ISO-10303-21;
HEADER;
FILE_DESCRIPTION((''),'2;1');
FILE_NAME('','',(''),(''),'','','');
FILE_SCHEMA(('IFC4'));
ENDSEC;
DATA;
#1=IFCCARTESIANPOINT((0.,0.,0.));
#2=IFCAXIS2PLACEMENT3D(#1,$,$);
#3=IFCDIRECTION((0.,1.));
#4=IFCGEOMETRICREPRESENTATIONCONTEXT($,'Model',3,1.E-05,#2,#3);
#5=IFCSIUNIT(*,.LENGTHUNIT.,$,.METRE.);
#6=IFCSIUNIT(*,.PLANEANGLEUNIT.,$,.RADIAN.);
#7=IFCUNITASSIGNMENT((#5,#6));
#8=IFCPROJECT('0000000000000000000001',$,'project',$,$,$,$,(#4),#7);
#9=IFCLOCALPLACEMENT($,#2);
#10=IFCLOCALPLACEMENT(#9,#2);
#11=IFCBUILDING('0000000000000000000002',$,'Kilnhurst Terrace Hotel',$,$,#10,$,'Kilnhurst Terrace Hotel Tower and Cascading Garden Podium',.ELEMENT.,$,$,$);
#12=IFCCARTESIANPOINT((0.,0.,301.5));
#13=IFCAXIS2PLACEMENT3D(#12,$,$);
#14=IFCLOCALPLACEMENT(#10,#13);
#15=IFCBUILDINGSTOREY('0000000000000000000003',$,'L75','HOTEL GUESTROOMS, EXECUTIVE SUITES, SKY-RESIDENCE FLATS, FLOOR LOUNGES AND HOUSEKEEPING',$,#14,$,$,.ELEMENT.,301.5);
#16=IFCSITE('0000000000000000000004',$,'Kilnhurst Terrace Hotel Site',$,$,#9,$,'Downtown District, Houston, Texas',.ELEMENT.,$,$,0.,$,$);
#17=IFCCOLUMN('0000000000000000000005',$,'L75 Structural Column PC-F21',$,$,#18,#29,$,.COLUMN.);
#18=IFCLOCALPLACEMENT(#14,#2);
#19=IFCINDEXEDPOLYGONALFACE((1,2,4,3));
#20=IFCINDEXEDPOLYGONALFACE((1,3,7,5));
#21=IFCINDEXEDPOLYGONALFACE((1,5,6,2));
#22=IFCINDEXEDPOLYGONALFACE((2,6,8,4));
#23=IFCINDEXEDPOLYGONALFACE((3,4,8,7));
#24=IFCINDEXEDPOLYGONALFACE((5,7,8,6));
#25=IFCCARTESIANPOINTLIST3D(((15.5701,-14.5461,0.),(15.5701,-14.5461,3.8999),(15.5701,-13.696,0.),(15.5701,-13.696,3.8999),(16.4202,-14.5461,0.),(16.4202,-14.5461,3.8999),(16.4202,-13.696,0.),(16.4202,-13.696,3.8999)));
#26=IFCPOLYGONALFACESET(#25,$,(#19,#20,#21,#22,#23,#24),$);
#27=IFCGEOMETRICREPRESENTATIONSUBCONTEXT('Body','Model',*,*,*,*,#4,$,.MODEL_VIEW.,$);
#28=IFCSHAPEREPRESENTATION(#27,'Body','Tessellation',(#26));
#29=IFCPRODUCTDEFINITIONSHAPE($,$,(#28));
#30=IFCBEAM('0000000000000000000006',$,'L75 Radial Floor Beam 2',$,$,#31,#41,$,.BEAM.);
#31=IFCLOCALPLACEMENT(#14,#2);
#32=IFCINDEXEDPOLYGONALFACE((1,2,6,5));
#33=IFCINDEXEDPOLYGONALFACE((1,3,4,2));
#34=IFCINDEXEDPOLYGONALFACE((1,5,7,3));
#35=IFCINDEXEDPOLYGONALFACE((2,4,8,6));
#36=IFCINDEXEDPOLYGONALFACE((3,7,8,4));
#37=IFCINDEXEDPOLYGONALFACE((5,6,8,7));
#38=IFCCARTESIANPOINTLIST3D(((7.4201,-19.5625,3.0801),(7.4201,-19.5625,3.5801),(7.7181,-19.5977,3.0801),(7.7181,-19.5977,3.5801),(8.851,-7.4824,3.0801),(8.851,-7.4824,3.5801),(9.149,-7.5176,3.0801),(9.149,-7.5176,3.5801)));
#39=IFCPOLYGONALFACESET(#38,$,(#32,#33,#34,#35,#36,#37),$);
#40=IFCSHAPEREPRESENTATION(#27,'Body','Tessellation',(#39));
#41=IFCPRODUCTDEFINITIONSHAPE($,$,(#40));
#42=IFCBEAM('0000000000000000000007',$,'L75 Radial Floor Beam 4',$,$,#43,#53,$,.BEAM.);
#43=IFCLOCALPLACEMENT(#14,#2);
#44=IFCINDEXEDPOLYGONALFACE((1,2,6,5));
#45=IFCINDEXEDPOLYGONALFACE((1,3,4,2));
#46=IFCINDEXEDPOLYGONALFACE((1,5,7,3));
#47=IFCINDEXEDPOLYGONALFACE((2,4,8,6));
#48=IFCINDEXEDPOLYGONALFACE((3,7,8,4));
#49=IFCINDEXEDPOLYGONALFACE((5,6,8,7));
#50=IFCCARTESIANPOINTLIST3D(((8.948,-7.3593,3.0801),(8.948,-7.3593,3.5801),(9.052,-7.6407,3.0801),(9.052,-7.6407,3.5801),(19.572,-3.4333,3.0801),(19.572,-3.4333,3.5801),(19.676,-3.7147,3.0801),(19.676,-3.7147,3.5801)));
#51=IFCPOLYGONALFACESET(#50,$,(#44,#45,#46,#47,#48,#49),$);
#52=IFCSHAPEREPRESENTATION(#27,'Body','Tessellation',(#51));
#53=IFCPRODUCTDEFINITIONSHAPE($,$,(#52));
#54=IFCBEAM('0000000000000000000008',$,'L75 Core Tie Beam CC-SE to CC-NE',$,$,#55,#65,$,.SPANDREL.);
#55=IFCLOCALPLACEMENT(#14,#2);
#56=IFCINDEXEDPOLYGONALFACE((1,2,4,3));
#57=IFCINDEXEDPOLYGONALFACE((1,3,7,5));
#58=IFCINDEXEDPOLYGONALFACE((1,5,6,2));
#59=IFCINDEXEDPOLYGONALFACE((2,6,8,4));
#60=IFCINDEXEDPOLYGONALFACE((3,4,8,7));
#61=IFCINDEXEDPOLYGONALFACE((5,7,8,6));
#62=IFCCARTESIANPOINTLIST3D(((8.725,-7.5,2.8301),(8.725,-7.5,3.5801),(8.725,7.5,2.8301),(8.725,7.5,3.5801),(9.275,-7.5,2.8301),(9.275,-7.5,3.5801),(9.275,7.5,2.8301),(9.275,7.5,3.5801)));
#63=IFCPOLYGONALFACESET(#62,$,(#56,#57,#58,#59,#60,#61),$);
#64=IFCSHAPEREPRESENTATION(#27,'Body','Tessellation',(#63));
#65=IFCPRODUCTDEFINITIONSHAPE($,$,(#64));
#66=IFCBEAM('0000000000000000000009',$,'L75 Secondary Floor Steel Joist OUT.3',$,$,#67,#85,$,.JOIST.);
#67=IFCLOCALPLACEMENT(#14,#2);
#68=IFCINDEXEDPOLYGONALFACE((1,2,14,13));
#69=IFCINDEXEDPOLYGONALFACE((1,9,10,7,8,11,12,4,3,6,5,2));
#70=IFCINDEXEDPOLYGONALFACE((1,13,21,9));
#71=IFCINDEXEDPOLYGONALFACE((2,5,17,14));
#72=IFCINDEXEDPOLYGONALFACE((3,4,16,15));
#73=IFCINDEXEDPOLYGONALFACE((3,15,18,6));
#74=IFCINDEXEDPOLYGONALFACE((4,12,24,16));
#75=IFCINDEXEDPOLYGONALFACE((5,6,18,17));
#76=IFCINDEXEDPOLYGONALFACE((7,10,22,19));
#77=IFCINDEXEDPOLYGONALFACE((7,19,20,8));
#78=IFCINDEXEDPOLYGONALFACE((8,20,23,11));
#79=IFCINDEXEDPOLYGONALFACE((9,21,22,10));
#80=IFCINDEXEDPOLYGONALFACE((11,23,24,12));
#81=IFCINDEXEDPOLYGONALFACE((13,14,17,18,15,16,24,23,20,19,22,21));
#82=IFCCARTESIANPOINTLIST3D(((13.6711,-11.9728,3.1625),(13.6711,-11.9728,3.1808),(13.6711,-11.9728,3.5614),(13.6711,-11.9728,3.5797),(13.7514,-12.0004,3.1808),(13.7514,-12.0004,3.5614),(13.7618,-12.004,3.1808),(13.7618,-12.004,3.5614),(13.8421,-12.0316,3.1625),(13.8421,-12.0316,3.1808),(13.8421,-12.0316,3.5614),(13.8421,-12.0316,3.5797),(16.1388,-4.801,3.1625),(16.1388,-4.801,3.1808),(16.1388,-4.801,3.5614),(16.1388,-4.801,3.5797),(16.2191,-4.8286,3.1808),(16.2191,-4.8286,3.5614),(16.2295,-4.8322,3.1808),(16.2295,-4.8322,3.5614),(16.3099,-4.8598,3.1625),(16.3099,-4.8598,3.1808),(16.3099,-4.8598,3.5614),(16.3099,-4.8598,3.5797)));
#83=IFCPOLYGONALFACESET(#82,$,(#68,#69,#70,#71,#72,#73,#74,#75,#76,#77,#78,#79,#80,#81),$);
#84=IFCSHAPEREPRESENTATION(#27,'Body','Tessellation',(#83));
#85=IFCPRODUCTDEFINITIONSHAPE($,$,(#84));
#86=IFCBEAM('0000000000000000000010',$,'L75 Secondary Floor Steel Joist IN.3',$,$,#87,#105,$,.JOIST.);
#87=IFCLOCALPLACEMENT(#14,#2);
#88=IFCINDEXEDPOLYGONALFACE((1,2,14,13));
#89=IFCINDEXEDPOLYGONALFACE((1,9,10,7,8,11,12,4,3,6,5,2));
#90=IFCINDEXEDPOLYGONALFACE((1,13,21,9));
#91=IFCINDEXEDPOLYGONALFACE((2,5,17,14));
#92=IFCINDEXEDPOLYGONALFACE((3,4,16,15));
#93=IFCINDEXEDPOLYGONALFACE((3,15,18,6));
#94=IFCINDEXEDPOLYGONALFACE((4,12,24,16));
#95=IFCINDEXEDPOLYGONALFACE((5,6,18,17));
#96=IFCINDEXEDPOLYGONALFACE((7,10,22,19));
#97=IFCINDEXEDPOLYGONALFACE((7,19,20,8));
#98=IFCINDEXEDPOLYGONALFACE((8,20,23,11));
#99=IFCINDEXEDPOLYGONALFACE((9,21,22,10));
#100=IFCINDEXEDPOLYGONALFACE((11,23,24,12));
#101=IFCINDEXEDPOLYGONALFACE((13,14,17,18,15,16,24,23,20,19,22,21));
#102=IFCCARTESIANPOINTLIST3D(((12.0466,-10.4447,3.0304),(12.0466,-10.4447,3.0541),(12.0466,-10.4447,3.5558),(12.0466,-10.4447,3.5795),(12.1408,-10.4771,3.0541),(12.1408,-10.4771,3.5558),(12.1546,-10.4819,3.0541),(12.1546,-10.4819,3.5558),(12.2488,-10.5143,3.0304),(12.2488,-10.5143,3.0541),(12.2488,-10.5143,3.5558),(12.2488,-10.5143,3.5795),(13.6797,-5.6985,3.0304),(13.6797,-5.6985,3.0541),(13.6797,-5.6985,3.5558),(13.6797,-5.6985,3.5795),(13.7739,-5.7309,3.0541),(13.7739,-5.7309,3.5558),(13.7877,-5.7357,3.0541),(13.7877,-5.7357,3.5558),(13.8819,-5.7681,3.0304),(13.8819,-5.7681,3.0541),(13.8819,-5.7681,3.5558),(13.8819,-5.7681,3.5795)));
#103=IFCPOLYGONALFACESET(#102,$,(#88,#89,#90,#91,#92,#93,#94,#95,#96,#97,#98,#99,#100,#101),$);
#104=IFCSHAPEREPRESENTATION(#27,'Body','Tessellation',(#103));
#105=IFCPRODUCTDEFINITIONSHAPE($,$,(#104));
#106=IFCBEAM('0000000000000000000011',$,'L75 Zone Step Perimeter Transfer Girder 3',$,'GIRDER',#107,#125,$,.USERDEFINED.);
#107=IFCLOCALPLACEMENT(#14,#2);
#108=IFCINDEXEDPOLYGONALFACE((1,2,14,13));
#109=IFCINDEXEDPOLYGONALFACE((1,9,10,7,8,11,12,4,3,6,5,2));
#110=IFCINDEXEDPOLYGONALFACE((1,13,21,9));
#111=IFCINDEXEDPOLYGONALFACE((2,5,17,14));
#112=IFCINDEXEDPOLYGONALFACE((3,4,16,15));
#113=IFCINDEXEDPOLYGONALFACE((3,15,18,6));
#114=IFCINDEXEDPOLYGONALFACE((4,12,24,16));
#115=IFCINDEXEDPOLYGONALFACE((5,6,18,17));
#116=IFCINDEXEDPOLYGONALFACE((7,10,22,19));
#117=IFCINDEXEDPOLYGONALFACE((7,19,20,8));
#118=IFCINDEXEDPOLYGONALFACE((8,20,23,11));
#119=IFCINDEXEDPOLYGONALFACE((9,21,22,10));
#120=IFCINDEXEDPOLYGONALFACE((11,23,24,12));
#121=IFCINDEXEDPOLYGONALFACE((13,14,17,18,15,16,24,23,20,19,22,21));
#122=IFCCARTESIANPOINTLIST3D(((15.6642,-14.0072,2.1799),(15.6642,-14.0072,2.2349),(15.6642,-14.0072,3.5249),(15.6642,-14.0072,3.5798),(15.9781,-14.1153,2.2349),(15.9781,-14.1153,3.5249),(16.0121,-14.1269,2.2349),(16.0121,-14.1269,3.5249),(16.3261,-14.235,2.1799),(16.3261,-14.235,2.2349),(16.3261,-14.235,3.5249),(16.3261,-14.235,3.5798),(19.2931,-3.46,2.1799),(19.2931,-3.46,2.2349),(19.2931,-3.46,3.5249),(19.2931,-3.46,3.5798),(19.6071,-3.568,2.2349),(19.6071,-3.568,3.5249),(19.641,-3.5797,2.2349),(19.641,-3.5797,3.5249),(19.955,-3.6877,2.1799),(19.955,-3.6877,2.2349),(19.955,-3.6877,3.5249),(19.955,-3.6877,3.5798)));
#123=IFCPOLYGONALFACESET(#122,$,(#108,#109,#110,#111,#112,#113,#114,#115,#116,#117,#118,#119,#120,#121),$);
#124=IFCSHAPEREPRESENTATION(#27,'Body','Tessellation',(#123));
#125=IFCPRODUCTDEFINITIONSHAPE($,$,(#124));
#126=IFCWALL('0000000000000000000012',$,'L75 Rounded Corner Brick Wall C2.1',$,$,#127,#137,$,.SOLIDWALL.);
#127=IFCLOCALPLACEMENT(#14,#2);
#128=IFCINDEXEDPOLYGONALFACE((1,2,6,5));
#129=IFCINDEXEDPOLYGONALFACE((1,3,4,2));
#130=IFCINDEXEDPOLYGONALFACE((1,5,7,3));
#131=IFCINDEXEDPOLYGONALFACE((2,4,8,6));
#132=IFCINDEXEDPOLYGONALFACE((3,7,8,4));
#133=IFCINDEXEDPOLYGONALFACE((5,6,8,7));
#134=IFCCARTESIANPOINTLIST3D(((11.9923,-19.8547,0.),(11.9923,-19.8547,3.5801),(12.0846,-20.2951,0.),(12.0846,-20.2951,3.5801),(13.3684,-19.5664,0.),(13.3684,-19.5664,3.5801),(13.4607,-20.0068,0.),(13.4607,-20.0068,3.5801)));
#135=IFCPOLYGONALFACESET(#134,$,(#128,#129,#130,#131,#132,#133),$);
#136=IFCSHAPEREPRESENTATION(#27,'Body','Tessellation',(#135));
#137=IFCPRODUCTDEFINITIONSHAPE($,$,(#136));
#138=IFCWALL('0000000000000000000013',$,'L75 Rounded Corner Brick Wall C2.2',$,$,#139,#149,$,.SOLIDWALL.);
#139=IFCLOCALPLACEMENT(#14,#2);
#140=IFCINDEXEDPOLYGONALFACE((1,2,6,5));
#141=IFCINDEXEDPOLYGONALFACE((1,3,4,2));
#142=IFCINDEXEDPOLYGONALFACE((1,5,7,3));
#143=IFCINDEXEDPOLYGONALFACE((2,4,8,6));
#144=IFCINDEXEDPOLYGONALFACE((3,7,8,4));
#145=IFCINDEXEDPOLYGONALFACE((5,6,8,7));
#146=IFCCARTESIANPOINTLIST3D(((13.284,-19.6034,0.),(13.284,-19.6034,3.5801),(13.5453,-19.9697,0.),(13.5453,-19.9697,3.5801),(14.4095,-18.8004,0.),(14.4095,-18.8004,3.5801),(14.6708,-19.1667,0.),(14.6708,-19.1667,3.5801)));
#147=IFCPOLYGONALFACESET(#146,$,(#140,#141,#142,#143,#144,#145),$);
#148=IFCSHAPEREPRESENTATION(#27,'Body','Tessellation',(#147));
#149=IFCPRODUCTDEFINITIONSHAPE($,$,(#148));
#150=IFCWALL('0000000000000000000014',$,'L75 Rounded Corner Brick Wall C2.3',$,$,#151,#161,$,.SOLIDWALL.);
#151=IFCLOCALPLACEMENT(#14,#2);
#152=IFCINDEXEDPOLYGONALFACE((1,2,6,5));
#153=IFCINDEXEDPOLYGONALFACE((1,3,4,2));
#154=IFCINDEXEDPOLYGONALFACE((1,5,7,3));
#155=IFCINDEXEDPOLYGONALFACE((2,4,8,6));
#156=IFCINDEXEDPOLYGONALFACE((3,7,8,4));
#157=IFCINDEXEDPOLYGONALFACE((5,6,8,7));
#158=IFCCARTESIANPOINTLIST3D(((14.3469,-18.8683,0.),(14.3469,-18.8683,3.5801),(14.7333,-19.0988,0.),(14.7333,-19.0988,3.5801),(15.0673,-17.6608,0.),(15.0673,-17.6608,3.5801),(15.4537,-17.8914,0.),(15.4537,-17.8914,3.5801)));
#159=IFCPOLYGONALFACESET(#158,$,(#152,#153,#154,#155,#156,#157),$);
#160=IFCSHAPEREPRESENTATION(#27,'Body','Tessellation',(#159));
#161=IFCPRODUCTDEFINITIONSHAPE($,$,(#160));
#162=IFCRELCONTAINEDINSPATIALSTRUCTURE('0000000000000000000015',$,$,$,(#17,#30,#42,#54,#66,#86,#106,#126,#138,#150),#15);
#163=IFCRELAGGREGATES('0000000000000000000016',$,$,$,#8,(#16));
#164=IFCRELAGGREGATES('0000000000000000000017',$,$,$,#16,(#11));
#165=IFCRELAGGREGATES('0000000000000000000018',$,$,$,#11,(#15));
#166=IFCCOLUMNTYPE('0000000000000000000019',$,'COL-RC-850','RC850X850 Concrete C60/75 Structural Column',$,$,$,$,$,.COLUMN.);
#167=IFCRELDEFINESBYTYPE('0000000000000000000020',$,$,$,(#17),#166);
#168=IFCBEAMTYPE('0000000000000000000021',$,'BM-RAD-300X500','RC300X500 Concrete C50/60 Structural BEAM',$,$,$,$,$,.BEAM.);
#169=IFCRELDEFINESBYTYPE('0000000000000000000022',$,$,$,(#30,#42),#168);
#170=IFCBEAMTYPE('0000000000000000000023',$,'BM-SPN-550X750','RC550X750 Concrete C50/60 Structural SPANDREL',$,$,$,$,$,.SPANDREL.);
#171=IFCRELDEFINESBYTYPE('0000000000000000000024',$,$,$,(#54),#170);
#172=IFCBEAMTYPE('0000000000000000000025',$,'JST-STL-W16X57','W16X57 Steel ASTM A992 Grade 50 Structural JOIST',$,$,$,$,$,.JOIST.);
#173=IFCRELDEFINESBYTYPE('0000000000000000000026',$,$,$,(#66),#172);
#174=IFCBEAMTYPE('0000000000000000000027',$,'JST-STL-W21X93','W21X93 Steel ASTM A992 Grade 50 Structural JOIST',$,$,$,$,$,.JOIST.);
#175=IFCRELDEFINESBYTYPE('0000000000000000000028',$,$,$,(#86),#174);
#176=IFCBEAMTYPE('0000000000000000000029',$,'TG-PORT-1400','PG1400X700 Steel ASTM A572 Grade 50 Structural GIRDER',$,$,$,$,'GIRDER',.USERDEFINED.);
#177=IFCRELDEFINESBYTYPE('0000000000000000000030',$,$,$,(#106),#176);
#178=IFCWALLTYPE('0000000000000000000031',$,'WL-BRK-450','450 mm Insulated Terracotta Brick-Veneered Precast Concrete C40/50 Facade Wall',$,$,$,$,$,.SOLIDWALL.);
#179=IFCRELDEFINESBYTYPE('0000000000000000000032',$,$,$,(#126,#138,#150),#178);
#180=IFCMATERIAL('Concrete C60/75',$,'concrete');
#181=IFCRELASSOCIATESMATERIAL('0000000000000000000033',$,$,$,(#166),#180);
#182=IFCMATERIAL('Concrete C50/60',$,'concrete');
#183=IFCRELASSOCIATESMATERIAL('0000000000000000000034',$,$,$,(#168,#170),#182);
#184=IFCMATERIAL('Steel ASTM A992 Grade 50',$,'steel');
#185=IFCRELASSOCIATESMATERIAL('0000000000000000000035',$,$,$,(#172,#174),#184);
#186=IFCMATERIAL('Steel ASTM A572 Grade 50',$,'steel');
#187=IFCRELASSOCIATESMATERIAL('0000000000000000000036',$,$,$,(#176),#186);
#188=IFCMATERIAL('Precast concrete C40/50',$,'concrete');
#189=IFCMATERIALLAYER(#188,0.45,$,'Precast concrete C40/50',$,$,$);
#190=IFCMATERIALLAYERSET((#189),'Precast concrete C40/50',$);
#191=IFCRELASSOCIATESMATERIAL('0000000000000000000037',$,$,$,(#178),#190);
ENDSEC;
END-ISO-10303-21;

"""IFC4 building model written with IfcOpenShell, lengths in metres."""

from ifc_helpers import new_model, si_unit, direction, frame, frame_2d, origin, origin_2d, place, context, subcontext, project, spatial, rectangle, i_section, extrude, material, layer, layer_set, material_profile, profile_set, type_object, element, save


model = new_model("IFC4")

# Units and contexts
model_context = context("Model", 3, precision=1e-05, world=origin(), true_north=direction((0.0, 1.0)))
body_context = subcontext(model_context, "Body", "Model", "MODEL_VIEW")
ifc_project = project(units=[si_unit("LENGTHUNIT", "METRE"), si_unit("PLANEANGLEUNIT", "RADIAN")], contexts=[model_context])

# Site, building, storey
site_placement = place(None, origin())
site = spatial("IfcSite", under=ifc_project, at=site_placement, Name="Kilnhurst Terrace Hotel Site", LongName="Downtown District, Houston, Texas", CompositionType="ELEMENT", RefElevation=0.0)
building_placement = place(site_placement, origin())
building = spatial("IfcBuilding", under=site, at=building_placement, Name="Kilnhurst Terrace Hotel", LongName="Kilnhurst Terrace Hotel Tower and Cascading Garden Podium", CompositionType="ELEMENT")
storey_placement = place(building_placement, frame((0.0, 0.0, 301.5)))
storey = spatial("IfcBuildingStorey", under=building, at=storey_placement, Name="L75", Description="HOTEL GUESTROOMS, EXECUTIVE SUITES, SKY-RESIDENCE FLATS, FLOOR LOUNGES AND HOUSEKEEPING", CompositionType="ELEMENT", Elevation=301.5)

# Column
ifc_material_1 = material(Name="Concrete C60/75", Category="concrete")
ifc_material_profile_1 = material_profile(ifc_material_1, rectangle(XDim=0.8501, YDim=0.8501, at=origin_2d()), Name="RC850X850")
ifc_profile_set_1 = profile_set([ifc_material_profile_1], Name="Concrete C60/75")
column_type = type_object("IfcColumnType", Name="COL-RC-850", Description="RC850X850 Concrete C60/75 Structural Column", PredefinedType="COLUMN", material=ifc_profile_set_1)
column_placement = place(storey_placement, frame((15.9951, -14.1211, 0.0), z_axis=(0.0, 0.0, 1.0), x_axis=(1.0, 0.0, 0.0)))
element("IfcColumn", 1, at=column_placement, inside=storey, type_object=column_type, Name="L75 Structural Column PC-F21", PredefinedType="COLUMN", context=body_context, shape_type="SweptSolid", body=[
    extrude(rectangle(XDim=0.8501, YDim=0.8501, at=origin_2d()), origin(), (0.0, 0.0, 1.0), 3.8999),
])

# Beams
ifc_material_2 = material(Name="Concrete C50/60", Category="concrete")
ifc_material_profile_2 = material_profile(ifc_material_2, rectangle(XDim=0.3, YDim=0.5, at=origin_2d()), Name="RC300X500")
ifc_profile_set_2 = profile_set([ifc_material_profile_2], Name="Concrete C50/60")
beam_type_1 = type_object("IfcBeamType", Name="BM-RAD-300X500", Description="RC300X500 Concrete C50/60 Structural BEAM", PredefinedType="BEAM", material=ifc_profile_set_2)
beam_1_placement = place(storey_placement, frame((9.0, -7.5, 3.3301), z_axis=(-0.11763, -0.993058, 0.0), x_axis=(0.993058, -0.11763, 0.0)))
element("IfcBeam", 2, at=beam_1_placement, inside=storey, type_object=beam_type_1, Name="L75 Radial Floor Beam 2", PredefinedType="BEAM", context=body_context, shape_type="SweptSolid", body=[
    extrude(rectangle(XDim=0.3, YDim=0.5, at=origin_2d()), origin(), (0.0, 0.0, 1.0), 12.1646),
])
beam_2_placement = place(storey_placement, frame((9.0, -7.5, 3.3301), z_axis=(0.938002, 0.346631, 0.0), x_axis=(-0.346631, 0.938002, 0.0)))
element("IfcBeam", 3, at=beam_2_placement, inside=storey, type_object=beam_type_1, Name="L75 Radial Floor Beam 4", PredefinedType="BEAM", context=body_context, shape_type="SweptSolid", body=[
    extrude(rectangle(XDim=0.3, YDim=0.5, at=origin_2d()), origin(), (0.0, 0.0, 1.0), 11.3262),
])
ifc_material_profile_3 = material_profile(ifc_material_2, rectangle(XDim=0.55, YDim=0.75, at=origin_2d()), Name="RC550X750")
ifc_profile_set_3 = profile_set([ifc_material_profile_3], Name="Concrete C50/60")
beam_type_2 = type_object("IfcBeamType", Name="BM-SPN-550X750", Description="RC550X750 Concrete C50/60 Structural SPANDREL", PredefinedType="SPANDREL", material=ifc_profile_set_3)
beam_3_placement = place(storey_placement, frame((9.0, -7.5, 3.2051), z_axis=(0.0, 1.0, 0.0), x_axis=(-1.0, 0.0, 0.0)))
element("IfcBeam", 4, at=beam_3_placement, inside=storey, type_object=beam_type_2, Name="L75 Core Tie Beam CC-SE to CC-NE", PredefinedType="SPANDREL", context=body_context, shape_type="SweptSolid", body=[
    extrude(rectangle(XDim=0.55, YDim=0.75, at=origin_2d()), origin(), (0.0, 0.0, 1.0), 15.0),
])
ifc_material_3 = material(Name="Steel ASTM A992 Grade 50", Category="steel")
ifc_material_profile_4 = material_profile(ifc_material_3, i_section(OverallWidth=0.1809, OverallDepth=0.4172, WebThickness=0.011, FlangeThickness=0.0183, at=origin_2d()), Name="W16X57")
ifc_profile_set_4 = profile_set([ifc_material_profile_4], Name="Steel ASTM A992 Grade 50")
beam_type_3 = type_object("IfcBeamType", Name="JST-STL-W16X57", Description="W16X57 Steel ASTM A992 Grade 50 Structural JOIST", PredefinedType="JOIST", material=ifc_profile_set_4)
beam_4_placement = place(storey_placement, frame((13.7566, -12.0022, 3.3711), z_axis=(0.325368, 0.945588, 0.0), x_axis=(-0.945588, 0.325368, 0.0)))
element("IfcBeam", 5, at=beam_4_placement, inside=storey, type_object=beam_type_3, Name="L75 Secondary Floor Steel Joist OUT.3", PredefinedType="JOIST", context=body_context, shape_type="SweptSolid", body=[
    extrude(i_section(OverallWidth=0.1809, OverallDepth=0.4172, WebThickness=0.011, FlangeThickness=0.0183, at=origin_2d()), origin(), (0.0, 0.0, 1.0), 7.5845),
])
ifc_material_profile_5 = material_profile(ifc_material_3, i_section(OverallWidth=0.2139, OverallDepth=0.5491, WebThickness=0.0146, FlangeThickness=0.0237, at=origin_2d()), Name="W21X93")
ifc_profile_set_5 = profile_set([ifc_material_profile_5], Name="Steel ASTM A992 Grade 50")
beam_type_4 = type_object("IfcBeamType", Name="JST-STL-W21X93", Description="W21X93 Steel ASTM A992 Grade 50 Structural JOIST", PredefinedType="JOIST", material=ifc_profile_set_5)
beam_5_placement = place(storey_placement, frame((12.1477, -10.4795, 3.3049), z_axis=(0.325363, 0.945589, 0.0), x_axis=(-0.945589, 0.325363, 0.0)))
element("IfcBeam", 6, at=beam_5_placement, inside=storey, type_object=beam_type_4, Name="L75 Secondary Floor Steel Joist IN.3", PredefinedType="JOIST", context=body_context, shape_type="SweptSolid", body=[
    extrude(i_section(OverallWidth=0.2139, OverallDepth=0.5491, WebThickness=0.0146, FlangeThickness=0.0237, at=origin_2d()), origin(), (0.0, 0.0, 1.0), 5.0193),
])
ifc_material_4 = material(Name="Steel ASTM A572 Grade 50", Category="steel")
ifc_material_profile_6 = material_profile(ifc_material_4, i_section(OverallWidth=0.7, OverallDepth=1.3999, WebThickness=0.0359, FlangeThickness=0.0549, at=origin_2d()), Name="PG1400X700")
ifc_profile_set_6 = profile_set([ifc_material_profile_6], Name="Steel ASTM A572 Grade 50")
beam_type_5 = type_object("IfcBeamType", Name="TG-PORT-1400", Description="PG1400X700 Steel ASTM A572 Grade 50 Structural GIRDER", ElementType="GIRDER", PredefinedType="USERDEFINED", material=ifc_profile_set_6)
beam_6_placement = place(storey_placement, frame((15.9951, -14.1211, 2.8799), z_axis=(0.325347, 0.945595, 0.0), x_axis=(-0.945595, 0.325347, 0.0)))
element("IfcBeam", 7, at=beam_6_placement, inside=storey, type_object=beam_type_5, Name="L75 Zone Step Perimeter Transfer Girder 3", ObjectType="GIRDER", PredefinedType="USERDEFINED", context=body_context, shape_type="SweptSolid", body=[
    extrude(i_section(OverallWidth=0.7, OverallDepth=1.3999, WebThickness=0.0359, FlangeThickness=0.0549, at=origin_2d()), origin(), (0.0, 0.0, 1.0), 11.1541),
])

# Walls
ifc_material_5 = material(Name="Precast concrete C40/50", Category="concrete")
ifc_layer_1 = layer(ifc_material_5, 0.45, Name="Precast concrete C40/50")
ifc_layer_set_1 = layer_set([ifc_layer_1], Name="Precast concrete C40/50")
wall_type_1 = type_object("IfcWallType", Name="WL-BRK-450", Description="450 mm Insulated Terracotta Brick-Veneered Precast Concrete C40/50 Facade Wall", PredefinedType="SOLIDWALL", material=ifc_layer_set_1)
wall_1_placement = place(storey_placement, frame((12.0383, -20.075, 0.0), z_axis=(0.0, 0.0, 1.0), x_axis=(0.97875, 0.205057, 0.0)))
element("IfcWall", 8, at=wall_1_placement, inside=storey, type_object=wall_type_1, Name="L75 Rounded Corner Brick Wall C2.1", PredefinedType="SOLIDWALL", context=body_context, shape_type="SweptSolid", body=[
    extrude(rectangle(XDim=1.406, YDim=0.45, at=frame_2d((0.7031, 0.0))), origin(), (0.0, 0.0, 1.0), 3.5801),
])
wall_2_placement = place(storey_placement, frame((13.4146, -19.7866, 0.0), z_axis=(0.0, 0.0, 1.0), x_axis=(0.814055, 0.580787, 0.0)))
element("IfcWall", 9, at=wall_2_placement, inside=storey, type_object=wall_type_1, Name="L75 Rounded Corner Brick Wall C2.2", PredefinedType="SOLIDWALL", context=body_context, shape_type="SweptSolid", body=[
    extrude(rectangle(XDim=1.3826, YDim=0.45, at=frame_2d((0.6914, 0.0))), origin(), (0.0, 0.0, 1.0), 3.5801),
])
wall_3_placement = place(storey_placement, frame((14.54, -18.9836, 0.0), z_axis=(0.0, 0.0, 1.0), x_axis=(0.512375, 0.858762, 0.0)))
element("IfcWall", 10, at=wall_3_placement, inside=storey, type_object=wall_type_1, Name="L75 Rounded Corner Brick Wall C2.3", PredefinedType="SOLIDWALL", context=body_context, shape_type="SweptSolid", body=[
    extrude(rectangle(XDim=1.406, YDim=0.45, at=frame_2d((0.7031, 0.0))), origin(), (0.0, 0.0, 1.0), 3.5801),
])

save(model, "model.ifc")
